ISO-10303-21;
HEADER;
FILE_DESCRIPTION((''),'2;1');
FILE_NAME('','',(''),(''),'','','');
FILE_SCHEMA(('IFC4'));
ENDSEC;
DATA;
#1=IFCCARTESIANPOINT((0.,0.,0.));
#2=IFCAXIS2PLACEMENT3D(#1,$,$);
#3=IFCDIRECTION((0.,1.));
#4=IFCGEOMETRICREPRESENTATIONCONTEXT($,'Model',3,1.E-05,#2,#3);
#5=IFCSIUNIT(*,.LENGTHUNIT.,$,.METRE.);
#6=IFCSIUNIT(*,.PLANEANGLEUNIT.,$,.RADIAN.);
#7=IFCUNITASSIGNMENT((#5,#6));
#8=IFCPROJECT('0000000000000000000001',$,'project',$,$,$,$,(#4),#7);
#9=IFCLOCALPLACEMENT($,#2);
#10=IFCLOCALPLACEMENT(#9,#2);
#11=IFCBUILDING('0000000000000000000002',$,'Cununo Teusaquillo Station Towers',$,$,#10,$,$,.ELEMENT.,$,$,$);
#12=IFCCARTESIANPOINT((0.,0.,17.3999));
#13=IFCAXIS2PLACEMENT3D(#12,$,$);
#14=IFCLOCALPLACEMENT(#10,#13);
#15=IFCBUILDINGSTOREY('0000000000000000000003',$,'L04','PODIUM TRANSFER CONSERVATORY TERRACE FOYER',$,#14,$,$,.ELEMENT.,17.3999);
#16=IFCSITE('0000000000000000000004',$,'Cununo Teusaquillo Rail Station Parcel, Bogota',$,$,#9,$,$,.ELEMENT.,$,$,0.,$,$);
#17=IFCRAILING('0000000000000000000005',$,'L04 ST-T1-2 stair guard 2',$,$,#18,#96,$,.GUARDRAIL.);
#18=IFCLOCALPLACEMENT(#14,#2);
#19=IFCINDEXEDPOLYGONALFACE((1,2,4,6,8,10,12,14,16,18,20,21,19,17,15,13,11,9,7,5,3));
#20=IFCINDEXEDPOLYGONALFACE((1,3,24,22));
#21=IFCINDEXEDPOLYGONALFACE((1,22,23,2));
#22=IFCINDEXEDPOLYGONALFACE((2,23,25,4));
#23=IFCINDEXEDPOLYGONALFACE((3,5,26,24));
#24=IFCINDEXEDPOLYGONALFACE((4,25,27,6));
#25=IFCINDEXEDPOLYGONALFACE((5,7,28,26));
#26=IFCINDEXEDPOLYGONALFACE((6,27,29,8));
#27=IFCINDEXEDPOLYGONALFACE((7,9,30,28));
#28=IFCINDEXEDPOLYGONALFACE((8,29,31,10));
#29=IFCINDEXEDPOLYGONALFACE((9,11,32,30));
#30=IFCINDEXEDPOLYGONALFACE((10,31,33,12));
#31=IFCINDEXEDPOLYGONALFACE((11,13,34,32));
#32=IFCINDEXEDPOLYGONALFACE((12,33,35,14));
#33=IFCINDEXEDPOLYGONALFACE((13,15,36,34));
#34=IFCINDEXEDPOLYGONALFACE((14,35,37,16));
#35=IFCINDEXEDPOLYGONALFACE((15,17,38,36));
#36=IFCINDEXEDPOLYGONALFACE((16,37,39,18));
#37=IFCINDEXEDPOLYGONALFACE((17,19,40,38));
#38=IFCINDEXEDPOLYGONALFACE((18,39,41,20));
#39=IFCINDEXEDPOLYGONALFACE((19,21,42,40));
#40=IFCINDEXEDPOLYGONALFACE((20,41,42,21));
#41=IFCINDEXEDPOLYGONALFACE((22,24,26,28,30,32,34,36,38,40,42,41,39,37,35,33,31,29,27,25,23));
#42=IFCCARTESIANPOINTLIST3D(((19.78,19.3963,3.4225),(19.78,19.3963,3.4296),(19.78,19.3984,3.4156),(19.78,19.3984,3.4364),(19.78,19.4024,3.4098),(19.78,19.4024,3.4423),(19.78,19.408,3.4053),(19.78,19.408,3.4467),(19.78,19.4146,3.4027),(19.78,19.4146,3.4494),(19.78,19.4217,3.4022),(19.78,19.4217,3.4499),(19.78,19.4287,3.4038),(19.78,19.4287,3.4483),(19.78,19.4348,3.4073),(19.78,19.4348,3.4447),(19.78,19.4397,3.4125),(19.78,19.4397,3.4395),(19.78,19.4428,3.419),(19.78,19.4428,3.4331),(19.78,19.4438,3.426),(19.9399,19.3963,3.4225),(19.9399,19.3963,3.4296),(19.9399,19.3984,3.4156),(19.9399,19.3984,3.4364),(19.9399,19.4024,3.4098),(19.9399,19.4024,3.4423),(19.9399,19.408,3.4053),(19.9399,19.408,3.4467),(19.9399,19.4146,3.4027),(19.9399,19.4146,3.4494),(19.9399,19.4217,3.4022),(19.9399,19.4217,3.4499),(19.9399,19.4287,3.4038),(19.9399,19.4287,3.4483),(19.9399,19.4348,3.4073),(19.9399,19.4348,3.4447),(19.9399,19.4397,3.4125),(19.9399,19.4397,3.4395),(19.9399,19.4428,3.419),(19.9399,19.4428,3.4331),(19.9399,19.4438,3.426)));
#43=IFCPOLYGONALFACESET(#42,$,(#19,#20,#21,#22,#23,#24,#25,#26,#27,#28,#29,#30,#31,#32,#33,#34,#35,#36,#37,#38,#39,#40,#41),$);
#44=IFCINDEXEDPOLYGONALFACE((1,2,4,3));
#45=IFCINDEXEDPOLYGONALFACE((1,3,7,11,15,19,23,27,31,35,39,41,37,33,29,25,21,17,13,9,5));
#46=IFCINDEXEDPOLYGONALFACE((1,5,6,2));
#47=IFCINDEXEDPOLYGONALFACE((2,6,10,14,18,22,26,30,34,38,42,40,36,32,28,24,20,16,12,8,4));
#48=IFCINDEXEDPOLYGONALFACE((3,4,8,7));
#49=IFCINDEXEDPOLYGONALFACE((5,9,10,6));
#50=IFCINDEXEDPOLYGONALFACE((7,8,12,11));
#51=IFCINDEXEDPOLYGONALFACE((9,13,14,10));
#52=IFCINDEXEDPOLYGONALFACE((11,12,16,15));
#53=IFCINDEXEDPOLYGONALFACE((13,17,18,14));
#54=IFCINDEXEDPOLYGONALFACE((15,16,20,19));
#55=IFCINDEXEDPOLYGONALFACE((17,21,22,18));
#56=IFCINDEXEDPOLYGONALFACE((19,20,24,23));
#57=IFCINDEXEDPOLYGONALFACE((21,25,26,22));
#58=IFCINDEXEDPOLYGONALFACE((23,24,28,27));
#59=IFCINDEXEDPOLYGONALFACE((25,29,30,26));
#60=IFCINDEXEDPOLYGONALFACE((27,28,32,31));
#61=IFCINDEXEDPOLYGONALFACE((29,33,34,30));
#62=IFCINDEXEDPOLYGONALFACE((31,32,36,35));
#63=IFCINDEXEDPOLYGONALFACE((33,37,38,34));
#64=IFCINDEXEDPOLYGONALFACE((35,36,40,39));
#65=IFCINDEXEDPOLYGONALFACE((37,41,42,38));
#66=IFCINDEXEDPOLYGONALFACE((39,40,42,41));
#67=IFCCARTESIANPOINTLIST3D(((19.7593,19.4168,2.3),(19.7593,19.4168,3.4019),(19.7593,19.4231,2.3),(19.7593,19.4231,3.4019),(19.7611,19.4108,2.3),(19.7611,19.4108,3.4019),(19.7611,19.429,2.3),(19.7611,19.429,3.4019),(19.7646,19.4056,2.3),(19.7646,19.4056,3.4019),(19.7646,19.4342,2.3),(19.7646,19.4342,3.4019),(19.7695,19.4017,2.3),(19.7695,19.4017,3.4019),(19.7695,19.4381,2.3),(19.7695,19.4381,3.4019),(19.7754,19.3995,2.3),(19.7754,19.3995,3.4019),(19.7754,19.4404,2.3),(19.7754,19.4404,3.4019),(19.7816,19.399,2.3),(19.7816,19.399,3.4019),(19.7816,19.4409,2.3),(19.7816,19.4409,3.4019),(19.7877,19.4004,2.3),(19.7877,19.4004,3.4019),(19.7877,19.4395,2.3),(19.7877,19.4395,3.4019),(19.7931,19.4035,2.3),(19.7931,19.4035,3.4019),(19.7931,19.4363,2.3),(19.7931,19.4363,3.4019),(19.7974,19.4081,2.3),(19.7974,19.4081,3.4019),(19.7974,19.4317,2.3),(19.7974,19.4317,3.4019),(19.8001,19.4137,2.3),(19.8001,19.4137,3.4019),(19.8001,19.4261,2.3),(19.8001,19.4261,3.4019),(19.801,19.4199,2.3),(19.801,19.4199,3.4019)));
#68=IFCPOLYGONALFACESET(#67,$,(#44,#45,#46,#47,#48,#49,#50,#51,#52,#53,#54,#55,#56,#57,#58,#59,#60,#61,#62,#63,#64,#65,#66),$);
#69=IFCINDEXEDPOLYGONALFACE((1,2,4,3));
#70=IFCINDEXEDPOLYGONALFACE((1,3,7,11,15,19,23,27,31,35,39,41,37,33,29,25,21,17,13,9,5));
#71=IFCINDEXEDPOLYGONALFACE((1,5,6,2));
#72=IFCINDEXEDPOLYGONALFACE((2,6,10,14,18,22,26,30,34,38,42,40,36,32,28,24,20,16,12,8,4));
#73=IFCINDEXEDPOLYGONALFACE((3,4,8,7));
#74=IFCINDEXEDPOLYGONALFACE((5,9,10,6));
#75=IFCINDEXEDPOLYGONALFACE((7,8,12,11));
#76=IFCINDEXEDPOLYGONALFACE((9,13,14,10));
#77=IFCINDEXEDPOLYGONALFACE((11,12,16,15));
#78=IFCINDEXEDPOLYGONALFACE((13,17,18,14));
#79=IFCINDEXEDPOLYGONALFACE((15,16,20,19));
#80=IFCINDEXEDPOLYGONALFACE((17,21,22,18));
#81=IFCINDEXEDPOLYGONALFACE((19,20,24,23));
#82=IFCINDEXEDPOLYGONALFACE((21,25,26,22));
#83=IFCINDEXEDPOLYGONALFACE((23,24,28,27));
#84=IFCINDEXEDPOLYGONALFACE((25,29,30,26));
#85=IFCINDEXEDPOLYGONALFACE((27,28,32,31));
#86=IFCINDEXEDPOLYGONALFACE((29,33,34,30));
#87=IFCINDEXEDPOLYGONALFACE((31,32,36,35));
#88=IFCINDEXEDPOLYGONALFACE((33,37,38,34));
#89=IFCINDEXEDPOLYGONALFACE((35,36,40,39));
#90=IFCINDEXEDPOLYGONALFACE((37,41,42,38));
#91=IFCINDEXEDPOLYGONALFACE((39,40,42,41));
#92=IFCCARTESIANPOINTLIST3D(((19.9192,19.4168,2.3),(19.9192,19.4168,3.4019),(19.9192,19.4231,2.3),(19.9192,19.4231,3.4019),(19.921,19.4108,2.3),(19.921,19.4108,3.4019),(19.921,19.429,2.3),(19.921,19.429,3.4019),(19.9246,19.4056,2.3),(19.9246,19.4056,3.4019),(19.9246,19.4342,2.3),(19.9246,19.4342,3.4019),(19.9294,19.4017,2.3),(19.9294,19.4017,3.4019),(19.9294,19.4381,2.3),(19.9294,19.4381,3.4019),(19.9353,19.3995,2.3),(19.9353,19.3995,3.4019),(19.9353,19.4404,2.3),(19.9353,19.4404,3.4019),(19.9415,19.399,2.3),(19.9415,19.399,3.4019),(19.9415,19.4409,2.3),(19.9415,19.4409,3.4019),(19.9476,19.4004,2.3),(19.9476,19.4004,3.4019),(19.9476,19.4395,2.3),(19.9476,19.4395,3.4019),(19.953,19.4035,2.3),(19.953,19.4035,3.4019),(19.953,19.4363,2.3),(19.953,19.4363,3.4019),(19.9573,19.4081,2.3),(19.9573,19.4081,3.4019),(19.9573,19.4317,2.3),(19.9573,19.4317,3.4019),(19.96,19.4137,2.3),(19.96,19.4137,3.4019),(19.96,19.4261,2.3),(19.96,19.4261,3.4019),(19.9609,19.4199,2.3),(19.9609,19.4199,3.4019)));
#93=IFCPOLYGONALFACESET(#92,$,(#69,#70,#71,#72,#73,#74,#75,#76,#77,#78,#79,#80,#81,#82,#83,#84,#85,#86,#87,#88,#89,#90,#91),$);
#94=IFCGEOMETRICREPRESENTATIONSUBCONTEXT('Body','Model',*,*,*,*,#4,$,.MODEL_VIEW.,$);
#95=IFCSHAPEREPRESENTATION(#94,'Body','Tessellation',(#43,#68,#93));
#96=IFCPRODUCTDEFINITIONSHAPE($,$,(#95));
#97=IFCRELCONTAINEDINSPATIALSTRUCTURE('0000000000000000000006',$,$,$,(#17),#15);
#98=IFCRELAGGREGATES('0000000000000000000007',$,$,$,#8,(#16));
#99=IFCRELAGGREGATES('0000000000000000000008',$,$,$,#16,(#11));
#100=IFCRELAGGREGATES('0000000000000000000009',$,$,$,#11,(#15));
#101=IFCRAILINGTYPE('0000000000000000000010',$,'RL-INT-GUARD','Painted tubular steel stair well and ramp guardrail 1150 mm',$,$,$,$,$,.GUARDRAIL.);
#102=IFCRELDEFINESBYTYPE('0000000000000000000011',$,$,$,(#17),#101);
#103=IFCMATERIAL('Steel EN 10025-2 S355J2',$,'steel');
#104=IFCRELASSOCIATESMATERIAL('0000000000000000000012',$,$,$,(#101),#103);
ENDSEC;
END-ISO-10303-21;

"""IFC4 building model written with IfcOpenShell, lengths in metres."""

from ifc_helpers import new_model, si_unit, direction, frame, origin, origin_2d, place, context, subcontext, project, spatial, circle, extrude, material, type_object, element, save


model = new_model("IFC4")

# Units and contexts
model_context = context("Model", 3, precision=1e-05, world=origin(), true_north=direction((0.0, 1.0)))
body_context = subcontext(model_context, "Body", "Model", "MODEL_VIEW")
ifc_project = project(units=[si_unit("LENGTHUNIT", "METRE"), si_unit("PLANEANGLEUNIT", "RADIAN")], contexts=[model_context])

# Site, building, storey
site_placement = place(None, origin())
site = spatial("IfcSite", under=ifc_project, at=site_placement, Name="Cununo Teusaquillo Rail Station Parcel, Bogota", CompositionType="ELEMENT", RefElevation=0.0)
building_placement = place(site_placement, origin())
building = spatial("IfcBuilding", under=site, at=building_placement, Name="Cununo Teusaquillo Station Towers", CompositionType="ELEMENT")
storey_placement = place(building_placement, frame((0.0, 0.0, 17.3999)))
storey = spatial("IfcBuildingStorey", under=building, at=storey_placement, Name="L04", Description="PODIUM TRANSFER CONSERVATORY TERRACE FOYER", CompositionType="ELEMENT", Elevation=17.3999)

# Railing
ifc_material_1 = material(Name="Steel EN 10025-2 S355J2", Category="steel")
railing_type_1 = type_object("IfcRailingType", Name="RL-INT-GUARD", Description="Painted tubular steel stair well and ramp guardrail 1150 mm", PredefinedType="GUARDRAIL", material=ifc_material_1)
railing_1_placement = place(storey_placement, frame((19.78, 19.4199, 2.3)))
element("IfcRailing", 1, at=railing_1_placement, inside=storey, type_object=railing_type_1, Name="L04 ST-T1-2 stair guard 2", PredefinedType="GUARDRAIL", context=body_context, shape_type="SweptSolid", body=[
    extrude(circle(Radius=0.0239, at=origin_2d()), frame((0.0, 0.0, 1.126), z_axis=(1.0, 0.0, 0.0), x_axis=(0.0, 1.0, 0.0)), (0.0, 0.0, 1.0), 0.1599),
    extrude(circle(Radius=0.021, at=origin_2d()), origin(), (0.0, 0.0, 1.0), 1.1018),
    extrude(circle(Radius=0.021, at=origin_2d()), frame((0.1599, 0.0, 0.0)), (0.0, 0.0, 1.0), 1.1018),
])

save(model, "model.ifc")
